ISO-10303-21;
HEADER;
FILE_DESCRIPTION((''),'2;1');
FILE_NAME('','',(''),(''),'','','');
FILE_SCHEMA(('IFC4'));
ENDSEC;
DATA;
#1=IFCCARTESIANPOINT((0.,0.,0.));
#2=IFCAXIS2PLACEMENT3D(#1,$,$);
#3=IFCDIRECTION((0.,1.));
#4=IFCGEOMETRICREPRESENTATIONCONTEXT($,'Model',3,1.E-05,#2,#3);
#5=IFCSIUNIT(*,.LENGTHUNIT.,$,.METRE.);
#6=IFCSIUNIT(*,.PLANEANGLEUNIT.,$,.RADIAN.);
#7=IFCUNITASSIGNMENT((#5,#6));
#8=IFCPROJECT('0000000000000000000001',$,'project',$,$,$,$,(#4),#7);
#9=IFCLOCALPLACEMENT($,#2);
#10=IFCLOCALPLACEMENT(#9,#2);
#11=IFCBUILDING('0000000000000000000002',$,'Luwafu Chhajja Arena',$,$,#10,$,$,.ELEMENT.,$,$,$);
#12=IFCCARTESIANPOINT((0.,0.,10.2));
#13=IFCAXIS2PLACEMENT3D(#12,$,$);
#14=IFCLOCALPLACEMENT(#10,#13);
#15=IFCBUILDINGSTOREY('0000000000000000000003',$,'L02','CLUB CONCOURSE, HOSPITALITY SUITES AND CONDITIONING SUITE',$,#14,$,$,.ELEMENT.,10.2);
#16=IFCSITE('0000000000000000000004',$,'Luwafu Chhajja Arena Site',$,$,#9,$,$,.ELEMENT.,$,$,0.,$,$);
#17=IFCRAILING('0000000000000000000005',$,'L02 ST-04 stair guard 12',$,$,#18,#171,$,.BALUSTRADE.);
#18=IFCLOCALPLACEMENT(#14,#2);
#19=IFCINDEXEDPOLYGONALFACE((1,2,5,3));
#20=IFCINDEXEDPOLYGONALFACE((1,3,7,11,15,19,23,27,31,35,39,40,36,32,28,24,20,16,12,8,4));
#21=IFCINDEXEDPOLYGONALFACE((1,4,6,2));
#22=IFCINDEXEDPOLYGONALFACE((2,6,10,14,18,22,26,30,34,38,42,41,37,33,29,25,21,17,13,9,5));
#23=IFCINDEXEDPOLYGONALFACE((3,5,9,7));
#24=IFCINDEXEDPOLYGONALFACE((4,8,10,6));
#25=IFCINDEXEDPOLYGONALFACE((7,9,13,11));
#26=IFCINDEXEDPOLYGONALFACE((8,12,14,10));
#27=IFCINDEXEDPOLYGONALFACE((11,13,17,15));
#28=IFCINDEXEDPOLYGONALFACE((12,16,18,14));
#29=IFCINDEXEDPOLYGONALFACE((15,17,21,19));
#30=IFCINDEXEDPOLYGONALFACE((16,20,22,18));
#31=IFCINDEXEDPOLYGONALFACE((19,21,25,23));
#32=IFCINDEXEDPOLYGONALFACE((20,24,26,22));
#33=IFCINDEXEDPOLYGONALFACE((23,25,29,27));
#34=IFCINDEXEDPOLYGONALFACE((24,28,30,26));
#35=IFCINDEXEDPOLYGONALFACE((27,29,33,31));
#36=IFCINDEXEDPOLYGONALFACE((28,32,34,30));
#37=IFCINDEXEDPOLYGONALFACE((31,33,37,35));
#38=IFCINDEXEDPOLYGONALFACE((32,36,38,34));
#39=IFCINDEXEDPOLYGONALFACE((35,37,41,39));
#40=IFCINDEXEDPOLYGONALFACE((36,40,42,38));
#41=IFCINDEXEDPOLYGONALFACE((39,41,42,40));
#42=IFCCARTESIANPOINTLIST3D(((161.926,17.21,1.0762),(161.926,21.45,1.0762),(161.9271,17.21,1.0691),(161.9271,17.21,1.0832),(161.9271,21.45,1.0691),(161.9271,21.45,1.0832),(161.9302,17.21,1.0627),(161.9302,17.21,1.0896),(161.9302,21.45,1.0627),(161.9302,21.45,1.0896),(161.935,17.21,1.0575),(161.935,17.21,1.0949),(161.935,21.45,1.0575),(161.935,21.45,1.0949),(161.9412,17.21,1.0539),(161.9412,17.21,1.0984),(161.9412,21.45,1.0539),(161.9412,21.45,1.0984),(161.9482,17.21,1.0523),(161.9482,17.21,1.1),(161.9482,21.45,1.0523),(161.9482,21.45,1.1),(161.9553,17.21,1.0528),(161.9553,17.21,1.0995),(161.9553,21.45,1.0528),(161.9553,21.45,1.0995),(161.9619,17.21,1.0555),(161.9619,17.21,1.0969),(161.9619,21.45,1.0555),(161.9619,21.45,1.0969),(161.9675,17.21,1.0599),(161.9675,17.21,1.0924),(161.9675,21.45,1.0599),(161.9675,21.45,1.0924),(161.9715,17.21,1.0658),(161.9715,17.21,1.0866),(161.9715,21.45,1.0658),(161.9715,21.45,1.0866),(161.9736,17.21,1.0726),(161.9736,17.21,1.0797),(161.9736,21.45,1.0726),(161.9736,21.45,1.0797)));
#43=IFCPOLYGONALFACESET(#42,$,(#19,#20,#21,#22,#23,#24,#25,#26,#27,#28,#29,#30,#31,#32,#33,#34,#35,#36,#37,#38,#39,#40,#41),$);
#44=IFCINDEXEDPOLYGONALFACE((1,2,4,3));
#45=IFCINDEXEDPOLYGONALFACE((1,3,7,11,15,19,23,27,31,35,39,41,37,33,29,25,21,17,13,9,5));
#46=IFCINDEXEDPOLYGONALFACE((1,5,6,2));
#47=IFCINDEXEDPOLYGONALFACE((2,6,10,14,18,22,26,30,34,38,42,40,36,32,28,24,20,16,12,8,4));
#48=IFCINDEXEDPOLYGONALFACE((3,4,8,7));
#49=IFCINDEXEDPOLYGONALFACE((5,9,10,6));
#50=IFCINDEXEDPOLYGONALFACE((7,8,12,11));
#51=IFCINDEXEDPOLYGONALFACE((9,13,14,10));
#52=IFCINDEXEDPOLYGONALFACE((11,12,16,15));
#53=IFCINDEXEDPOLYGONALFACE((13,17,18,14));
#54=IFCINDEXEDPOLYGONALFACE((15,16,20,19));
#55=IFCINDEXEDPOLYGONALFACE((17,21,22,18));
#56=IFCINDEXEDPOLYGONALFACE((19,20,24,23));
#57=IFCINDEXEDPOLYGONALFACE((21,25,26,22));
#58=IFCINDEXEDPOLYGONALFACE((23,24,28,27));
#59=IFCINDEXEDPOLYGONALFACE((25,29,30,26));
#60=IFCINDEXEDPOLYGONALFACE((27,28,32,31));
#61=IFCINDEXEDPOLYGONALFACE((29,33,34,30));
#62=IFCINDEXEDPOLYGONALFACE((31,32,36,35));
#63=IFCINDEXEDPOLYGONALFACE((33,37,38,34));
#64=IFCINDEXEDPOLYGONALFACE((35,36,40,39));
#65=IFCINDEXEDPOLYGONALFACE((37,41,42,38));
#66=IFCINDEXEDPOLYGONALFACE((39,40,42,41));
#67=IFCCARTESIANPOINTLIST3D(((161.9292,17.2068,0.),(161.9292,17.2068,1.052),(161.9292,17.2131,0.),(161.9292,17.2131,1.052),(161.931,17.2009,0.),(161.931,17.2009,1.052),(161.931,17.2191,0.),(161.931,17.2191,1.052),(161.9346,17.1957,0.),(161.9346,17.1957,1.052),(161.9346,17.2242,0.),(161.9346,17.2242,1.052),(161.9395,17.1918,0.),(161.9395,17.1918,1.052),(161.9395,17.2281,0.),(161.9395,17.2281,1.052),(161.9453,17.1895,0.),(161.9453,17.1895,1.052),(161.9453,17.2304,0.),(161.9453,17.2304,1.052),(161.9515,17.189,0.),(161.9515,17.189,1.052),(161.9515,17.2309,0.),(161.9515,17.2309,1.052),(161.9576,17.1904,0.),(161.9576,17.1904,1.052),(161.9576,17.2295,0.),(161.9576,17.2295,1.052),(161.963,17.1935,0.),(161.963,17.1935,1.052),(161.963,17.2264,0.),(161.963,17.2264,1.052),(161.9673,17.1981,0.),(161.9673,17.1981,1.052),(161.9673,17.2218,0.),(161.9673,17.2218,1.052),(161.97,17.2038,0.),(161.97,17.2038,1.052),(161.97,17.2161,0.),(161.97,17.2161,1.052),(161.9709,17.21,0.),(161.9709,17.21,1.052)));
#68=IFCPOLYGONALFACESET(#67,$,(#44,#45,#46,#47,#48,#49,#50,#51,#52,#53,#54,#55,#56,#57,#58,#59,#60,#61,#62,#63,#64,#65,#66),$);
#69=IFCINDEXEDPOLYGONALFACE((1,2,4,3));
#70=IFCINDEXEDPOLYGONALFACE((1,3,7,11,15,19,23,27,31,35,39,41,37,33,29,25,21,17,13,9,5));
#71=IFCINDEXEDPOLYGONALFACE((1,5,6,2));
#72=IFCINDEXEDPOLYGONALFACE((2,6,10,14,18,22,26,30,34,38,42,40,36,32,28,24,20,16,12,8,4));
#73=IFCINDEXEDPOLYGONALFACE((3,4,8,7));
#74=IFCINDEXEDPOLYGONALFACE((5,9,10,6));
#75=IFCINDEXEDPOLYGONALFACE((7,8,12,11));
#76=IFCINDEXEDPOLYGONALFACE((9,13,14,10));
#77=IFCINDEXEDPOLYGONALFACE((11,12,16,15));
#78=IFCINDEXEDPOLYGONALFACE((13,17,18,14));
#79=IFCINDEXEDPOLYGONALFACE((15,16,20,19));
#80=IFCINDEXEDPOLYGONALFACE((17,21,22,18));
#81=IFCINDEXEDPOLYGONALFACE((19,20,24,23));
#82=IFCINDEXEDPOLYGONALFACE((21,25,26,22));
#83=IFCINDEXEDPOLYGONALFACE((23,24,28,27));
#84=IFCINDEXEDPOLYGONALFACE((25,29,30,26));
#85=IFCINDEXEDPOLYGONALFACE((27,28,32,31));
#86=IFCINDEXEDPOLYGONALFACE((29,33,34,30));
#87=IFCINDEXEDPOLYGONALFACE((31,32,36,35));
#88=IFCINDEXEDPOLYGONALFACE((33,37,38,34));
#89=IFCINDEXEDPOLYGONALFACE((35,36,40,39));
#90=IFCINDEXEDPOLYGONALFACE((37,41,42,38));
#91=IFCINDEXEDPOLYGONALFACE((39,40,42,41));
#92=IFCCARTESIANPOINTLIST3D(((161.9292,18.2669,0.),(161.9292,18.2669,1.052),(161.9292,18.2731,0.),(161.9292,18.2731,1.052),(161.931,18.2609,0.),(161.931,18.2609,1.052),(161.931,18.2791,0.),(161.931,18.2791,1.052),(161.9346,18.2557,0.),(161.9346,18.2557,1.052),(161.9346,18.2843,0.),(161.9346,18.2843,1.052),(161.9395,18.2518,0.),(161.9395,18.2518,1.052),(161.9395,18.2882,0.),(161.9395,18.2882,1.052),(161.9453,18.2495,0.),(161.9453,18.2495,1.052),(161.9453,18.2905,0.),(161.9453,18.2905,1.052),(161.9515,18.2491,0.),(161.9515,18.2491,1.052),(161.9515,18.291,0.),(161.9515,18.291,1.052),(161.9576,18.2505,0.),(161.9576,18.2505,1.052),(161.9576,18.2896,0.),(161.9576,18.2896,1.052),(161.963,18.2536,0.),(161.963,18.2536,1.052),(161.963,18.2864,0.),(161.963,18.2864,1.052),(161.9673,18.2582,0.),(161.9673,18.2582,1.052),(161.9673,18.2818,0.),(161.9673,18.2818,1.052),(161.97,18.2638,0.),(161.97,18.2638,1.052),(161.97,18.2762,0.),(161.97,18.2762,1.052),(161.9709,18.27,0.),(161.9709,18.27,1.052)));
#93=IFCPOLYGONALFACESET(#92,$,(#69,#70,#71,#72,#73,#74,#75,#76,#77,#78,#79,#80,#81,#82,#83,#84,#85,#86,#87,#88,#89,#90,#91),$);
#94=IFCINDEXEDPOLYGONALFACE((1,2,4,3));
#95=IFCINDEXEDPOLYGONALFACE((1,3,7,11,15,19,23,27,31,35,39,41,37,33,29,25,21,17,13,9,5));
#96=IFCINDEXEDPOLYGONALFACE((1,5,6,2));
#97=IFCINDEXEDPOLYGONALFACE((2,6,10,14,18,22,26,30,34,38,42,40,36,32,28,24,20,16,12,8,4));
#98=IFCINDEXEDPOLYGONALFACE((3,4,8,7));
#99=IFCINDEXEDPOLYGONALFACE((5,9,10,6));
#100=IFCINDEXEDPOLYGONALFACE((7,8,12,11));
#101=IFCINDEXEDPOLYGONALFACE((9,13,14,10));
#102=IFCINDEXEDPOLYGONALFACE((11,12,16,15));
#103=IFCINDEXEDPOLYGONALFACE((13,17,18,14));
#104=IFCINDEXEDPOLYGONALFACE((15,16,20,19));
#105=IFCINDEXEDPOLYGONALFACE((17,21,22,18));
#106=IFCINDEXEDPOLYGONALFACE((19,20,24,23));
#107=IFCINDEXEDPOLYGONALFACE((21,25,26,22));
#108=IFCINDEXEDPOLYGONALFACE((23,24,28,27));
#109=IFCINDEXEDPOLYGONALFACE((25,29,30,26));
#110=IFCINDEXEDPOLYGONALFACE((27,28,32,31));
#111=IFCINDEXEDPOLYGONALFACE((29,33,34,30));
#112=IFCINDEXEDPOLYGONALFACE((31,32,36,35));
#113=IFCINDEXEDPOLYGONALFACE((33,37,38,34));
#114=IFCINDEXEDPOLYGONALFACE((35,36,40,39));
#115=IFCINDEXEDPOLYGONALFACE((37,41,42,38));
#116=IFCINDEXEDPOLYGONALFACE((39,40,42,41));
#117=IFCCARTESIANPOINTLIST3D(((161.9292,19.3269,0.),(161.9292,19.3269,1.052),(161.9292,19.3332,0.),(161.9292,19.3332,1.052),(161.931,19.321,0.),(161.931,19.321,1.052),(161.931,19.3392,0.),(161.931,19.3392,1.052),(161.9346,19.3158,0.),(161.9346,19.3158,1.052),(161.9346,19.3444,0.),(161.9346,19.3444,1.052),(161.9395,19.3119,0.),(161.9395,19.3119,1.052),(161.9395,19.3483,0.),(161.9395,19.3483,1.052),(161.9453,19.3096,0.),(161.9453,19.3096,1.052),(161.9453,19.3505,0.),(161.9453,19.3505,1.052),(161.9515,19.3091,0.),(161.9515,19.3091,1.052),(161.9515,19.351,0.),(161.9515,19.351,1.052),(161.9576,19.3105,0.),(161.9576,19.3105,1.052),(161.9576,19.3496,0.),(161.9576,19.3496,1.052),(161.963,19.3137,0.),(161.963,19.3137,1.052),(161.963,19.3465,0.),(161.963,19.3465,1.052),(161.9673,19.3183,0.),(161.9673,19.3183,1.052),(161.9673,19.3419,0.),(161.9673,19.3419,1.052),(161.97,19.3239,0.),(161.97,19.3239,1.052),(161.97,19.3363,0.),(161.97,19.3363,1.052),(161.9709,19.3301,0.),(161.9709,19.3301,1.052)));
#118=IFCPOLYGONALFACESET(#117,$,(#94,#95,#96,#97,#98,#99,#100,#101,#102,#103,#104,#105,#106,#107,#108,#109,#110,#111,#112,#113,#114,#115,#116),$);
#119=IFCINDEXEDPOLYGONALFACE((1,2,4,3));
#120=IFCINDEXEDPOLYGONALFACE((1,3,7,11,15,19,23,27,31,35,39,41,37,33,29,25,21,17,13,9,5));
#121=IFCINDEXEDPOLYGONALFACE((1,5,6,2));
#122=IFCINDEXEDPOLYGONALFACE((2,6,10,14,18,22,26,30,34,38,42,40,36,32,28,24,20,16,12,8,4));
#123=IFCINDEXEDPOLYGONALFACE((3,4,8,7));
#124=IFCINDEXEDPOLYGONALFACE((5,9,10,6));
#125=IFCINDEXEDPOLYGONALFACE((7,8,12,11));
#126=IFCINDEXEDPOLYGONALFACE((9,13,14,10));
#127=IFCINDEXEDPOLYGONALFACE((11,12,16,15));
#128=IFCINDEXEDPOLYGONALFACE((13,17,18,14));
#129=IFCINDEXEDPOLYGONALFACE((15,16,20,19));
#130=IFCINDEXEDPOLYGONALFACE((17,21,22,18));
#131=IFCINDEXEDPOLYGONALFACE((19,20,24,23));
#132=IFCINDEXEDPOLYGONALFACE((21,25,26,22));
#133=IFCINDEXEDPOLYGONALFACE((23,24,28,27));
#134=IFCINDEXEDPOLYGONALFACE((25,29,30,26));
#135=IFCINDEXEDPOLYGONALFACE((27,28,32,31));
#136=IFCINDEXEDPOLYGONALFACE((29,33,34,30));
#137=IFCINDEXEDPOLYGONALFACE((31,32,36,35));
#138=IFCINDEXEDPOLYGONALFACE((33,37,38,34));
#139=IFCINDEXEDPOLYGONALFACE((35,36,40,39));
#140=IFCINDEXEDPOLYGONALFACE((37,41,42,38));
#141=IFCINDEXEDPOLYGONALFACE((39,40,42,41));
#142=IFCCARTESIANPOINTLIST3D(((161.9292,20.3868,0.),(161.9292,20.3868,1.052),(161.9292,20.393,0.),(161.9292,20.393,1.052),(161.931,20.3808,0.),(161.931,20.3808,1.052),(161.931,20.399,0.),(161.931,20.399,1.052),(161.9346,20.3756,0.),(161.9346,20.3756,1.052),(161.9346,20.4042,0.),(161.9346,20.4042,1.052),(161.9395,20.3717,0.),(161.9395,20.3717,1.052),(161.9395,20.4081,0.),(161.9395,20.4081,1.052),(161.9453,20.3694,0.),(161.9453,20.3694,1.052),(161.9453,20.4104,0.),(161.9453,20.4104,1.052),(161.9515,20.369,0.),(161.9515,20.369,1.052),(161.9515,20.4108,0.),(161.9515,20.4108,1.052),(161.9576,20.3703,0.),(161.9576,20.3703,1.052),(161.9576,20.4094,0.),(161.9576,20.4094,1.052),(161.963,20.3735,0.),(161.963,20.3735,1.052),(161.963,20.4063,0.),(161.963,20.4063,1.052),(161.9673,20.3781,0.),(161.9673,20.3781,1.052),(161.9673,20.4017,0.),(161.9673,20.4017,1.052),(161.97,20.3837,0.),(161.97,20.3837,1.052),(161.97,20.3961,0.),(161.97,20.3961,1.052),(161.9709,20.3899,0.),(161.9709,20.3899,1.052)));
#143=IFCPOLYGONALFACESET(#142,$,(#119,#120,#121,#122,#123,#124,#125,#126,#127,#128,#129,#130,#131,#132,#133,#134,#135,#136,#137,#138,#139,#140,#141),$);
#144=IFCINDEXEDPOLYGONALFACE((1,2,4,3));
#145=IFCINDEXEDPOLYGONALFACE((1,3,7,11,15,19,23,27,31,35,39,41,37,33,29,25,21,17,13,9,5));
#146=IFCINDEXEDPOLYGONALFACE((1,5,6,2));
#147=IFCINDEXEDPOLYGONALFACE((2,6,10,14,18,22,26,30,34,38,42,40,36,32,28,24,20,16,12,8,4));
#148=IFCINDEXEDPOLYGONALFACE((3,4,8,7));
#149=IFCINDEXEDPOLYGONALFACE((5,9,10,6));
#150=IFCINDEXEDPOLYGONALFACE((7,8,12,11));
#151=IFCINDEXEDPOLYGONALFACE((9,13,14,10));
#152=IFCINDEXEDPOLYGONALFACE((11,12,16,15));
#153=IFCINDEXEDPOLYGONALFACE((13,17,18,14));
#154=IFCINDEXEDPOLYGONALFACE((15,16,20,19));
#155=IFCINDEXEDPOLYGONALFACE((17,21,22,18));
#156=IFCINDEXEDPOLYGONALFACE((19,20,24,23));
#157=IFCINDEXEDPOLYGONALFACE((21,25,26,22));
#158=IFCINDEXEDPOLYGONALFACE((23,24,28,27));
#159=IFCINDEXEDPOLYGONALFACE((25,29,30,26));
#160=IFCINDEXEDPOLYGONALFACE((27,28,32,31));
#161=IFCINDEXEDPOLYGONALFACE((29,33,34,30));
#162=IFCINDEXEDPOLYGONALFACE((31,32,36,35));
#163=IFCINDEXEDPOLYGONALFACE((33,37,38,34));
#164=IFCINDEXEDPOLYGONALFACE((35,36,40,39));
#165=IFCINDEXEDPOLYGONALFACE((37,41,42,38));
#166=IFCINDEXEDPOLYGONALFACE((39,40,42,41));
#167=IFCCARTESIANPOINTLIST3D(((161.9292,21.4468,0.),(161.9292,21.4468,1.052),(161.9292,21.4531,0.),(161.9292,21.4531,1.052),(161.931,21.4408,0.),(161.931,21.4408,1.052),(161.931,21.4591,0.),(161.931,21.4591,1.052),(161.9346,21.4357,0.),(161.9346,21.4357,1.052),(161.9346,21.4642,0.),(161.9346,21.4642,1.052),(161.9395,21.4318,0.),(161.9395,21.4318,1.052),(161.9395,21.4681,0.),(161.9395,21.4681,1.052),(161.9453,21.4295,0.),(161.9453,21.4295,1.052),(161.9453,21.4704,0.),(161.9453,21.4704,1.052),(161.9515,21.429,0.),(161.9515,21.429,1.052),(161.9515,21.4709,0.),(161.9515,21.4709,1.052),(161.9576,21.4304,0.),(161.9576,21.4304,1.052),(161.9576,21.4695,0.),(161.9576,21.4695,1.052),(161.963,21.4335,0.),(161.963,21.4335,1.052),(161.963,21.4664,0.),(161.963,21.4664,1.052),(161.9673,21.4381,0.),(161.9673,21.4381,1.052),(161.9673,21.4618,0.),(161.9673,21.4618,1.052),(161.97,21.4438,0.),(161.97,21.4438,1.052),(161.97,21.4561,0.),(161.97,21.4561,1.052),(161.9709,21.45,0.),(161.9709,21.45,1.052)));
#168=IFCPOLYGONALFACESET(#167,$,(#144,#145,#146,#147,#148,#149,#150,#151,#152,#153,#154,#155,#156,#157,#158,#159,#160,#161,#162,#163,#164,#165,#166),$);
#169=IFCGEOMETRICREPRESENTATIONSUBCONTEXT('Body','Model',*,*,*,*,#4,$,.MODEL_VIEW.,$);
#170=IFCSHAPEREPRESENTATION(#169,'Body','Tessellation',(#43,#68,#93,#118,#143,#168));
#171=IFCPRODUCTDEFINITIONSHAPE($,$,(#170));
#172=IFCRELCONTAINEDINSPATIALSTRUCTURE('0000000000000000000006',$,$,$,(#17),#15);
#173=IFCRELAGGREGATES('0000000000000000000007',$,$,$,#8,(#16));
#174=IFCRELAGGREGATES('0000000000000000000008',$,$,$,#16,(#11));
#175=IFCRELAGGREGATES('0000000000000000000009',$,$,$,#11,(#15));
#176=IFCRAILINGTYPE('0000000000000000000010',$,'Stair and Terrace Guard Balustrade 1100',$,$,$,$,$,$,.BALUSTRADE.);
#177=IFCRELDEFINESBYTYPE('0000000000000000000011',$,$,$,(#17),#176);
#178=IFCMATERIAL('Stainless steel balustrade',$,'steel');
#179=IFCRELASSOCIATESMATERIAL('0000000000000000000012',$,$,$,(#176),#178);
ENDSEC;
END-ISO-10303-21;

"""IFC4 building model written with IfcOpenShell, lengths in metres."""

from ifc_helpers import new_model, si_unit, direction, frame, origin, origin_2d, place, context, subcontext, project, spatial, circle, extrude, material, type_object, element, save


model = new_model("IFC4")

# Units and contexts
model_context = context("Model", 3, precision=1e-05, world=origin(), true_north=direction((0.0, 1.0)))
body_context = subcontext(model_context, "Body", "Model", "MODEL_VIEW")
ifc_project = project(units=[si_unit("LENGTHUNIT", "METRE"), si_unit("PLANEANGLEUNIT", "RADIAN")], contexts=[model_context])

# Site, building, storey
site_placement = place(None, origin())
site = spatial("IfcSite", under=ifc_project, at=site_placement, Name="Luwafu Chhajja Arena Site", CompositionType="ELEMENT", RefElevation=0.0)
building_placement = place(site_placement, origin())
building = spatial("IfcBuilding", under=site, at=building_placement, Name="Luwafu Chhajja Arena", CompositionType="ELEMENT")
storey_placement = place(building_placement, frame((0.0, 0.0, 10.2)))
storey = spatial("IfcBuildingStorey", under=building, at=storey_placement, Name="L02", Description="CLUB CONCOURSE, HOSPITALITY SUITES AND CONDITIONING SUITE", CompositionType="ELEMENT", Elevation=10.2)

# Railing
ifc_material_1 = material(Name="Stainless steel balustrade", Category="steel")
railing_type_1 = type_object("IfcRailingType", Name="Stair and Terrace Guard Balustrade 1100", PredefinedType="BALUSTRADE", material=ifc_material_1)
for number, where, name in (
    (1, (161.95, 17.21, 0.0), "L02 ST-04 stair guard 12"),
):
    element("IfcRailing", number, at=place(storey_placement, frame(where)), inside=storey, type_object=railing_type_1, Name=name, PredefinedType="BALUSTRADE", context=body_context, shape_type="SweptSolid", body=[
        extrude(circle(Radius=0.0239, at=origin_2d()), frame((0.0, 0.0, 1.0762), z_axis=(0.0, 1.0, 0.0), x_axis=(-1.0, 0.0, 0.0)), (0.0, 0.0, 1.0), 4.24),
        extrude(circle(Radius=0.021, at=origin_2d()), origin(), (0.0, 0.0, 1.0), 1.052),
        extrude(circle(Radius=0.021, at=origin_2d()), frame((0.0, 1.0601, 0.0)), (0.0, 0.0, 1.0), 1.052),
        extrude(circle(Radius=0.021, at=origin_2d()), frame((0.0, 2.1201, 0.0)), (0.0, 0.0, 1.0), 1.052),
        extrude(circle(Radius=0.021, at=origin_2d()), frame((0.0, 3.1799, 0.0)), (0.0, 0.0, 1.0), 1.052),
        extrude(circle(Radius=0.021, at=origin_2d()), frame((0.0, 4.24, 0.0)), (0.0, 0.0, 1.0), 1.052),
    ])

save(model, "model.ifc")
